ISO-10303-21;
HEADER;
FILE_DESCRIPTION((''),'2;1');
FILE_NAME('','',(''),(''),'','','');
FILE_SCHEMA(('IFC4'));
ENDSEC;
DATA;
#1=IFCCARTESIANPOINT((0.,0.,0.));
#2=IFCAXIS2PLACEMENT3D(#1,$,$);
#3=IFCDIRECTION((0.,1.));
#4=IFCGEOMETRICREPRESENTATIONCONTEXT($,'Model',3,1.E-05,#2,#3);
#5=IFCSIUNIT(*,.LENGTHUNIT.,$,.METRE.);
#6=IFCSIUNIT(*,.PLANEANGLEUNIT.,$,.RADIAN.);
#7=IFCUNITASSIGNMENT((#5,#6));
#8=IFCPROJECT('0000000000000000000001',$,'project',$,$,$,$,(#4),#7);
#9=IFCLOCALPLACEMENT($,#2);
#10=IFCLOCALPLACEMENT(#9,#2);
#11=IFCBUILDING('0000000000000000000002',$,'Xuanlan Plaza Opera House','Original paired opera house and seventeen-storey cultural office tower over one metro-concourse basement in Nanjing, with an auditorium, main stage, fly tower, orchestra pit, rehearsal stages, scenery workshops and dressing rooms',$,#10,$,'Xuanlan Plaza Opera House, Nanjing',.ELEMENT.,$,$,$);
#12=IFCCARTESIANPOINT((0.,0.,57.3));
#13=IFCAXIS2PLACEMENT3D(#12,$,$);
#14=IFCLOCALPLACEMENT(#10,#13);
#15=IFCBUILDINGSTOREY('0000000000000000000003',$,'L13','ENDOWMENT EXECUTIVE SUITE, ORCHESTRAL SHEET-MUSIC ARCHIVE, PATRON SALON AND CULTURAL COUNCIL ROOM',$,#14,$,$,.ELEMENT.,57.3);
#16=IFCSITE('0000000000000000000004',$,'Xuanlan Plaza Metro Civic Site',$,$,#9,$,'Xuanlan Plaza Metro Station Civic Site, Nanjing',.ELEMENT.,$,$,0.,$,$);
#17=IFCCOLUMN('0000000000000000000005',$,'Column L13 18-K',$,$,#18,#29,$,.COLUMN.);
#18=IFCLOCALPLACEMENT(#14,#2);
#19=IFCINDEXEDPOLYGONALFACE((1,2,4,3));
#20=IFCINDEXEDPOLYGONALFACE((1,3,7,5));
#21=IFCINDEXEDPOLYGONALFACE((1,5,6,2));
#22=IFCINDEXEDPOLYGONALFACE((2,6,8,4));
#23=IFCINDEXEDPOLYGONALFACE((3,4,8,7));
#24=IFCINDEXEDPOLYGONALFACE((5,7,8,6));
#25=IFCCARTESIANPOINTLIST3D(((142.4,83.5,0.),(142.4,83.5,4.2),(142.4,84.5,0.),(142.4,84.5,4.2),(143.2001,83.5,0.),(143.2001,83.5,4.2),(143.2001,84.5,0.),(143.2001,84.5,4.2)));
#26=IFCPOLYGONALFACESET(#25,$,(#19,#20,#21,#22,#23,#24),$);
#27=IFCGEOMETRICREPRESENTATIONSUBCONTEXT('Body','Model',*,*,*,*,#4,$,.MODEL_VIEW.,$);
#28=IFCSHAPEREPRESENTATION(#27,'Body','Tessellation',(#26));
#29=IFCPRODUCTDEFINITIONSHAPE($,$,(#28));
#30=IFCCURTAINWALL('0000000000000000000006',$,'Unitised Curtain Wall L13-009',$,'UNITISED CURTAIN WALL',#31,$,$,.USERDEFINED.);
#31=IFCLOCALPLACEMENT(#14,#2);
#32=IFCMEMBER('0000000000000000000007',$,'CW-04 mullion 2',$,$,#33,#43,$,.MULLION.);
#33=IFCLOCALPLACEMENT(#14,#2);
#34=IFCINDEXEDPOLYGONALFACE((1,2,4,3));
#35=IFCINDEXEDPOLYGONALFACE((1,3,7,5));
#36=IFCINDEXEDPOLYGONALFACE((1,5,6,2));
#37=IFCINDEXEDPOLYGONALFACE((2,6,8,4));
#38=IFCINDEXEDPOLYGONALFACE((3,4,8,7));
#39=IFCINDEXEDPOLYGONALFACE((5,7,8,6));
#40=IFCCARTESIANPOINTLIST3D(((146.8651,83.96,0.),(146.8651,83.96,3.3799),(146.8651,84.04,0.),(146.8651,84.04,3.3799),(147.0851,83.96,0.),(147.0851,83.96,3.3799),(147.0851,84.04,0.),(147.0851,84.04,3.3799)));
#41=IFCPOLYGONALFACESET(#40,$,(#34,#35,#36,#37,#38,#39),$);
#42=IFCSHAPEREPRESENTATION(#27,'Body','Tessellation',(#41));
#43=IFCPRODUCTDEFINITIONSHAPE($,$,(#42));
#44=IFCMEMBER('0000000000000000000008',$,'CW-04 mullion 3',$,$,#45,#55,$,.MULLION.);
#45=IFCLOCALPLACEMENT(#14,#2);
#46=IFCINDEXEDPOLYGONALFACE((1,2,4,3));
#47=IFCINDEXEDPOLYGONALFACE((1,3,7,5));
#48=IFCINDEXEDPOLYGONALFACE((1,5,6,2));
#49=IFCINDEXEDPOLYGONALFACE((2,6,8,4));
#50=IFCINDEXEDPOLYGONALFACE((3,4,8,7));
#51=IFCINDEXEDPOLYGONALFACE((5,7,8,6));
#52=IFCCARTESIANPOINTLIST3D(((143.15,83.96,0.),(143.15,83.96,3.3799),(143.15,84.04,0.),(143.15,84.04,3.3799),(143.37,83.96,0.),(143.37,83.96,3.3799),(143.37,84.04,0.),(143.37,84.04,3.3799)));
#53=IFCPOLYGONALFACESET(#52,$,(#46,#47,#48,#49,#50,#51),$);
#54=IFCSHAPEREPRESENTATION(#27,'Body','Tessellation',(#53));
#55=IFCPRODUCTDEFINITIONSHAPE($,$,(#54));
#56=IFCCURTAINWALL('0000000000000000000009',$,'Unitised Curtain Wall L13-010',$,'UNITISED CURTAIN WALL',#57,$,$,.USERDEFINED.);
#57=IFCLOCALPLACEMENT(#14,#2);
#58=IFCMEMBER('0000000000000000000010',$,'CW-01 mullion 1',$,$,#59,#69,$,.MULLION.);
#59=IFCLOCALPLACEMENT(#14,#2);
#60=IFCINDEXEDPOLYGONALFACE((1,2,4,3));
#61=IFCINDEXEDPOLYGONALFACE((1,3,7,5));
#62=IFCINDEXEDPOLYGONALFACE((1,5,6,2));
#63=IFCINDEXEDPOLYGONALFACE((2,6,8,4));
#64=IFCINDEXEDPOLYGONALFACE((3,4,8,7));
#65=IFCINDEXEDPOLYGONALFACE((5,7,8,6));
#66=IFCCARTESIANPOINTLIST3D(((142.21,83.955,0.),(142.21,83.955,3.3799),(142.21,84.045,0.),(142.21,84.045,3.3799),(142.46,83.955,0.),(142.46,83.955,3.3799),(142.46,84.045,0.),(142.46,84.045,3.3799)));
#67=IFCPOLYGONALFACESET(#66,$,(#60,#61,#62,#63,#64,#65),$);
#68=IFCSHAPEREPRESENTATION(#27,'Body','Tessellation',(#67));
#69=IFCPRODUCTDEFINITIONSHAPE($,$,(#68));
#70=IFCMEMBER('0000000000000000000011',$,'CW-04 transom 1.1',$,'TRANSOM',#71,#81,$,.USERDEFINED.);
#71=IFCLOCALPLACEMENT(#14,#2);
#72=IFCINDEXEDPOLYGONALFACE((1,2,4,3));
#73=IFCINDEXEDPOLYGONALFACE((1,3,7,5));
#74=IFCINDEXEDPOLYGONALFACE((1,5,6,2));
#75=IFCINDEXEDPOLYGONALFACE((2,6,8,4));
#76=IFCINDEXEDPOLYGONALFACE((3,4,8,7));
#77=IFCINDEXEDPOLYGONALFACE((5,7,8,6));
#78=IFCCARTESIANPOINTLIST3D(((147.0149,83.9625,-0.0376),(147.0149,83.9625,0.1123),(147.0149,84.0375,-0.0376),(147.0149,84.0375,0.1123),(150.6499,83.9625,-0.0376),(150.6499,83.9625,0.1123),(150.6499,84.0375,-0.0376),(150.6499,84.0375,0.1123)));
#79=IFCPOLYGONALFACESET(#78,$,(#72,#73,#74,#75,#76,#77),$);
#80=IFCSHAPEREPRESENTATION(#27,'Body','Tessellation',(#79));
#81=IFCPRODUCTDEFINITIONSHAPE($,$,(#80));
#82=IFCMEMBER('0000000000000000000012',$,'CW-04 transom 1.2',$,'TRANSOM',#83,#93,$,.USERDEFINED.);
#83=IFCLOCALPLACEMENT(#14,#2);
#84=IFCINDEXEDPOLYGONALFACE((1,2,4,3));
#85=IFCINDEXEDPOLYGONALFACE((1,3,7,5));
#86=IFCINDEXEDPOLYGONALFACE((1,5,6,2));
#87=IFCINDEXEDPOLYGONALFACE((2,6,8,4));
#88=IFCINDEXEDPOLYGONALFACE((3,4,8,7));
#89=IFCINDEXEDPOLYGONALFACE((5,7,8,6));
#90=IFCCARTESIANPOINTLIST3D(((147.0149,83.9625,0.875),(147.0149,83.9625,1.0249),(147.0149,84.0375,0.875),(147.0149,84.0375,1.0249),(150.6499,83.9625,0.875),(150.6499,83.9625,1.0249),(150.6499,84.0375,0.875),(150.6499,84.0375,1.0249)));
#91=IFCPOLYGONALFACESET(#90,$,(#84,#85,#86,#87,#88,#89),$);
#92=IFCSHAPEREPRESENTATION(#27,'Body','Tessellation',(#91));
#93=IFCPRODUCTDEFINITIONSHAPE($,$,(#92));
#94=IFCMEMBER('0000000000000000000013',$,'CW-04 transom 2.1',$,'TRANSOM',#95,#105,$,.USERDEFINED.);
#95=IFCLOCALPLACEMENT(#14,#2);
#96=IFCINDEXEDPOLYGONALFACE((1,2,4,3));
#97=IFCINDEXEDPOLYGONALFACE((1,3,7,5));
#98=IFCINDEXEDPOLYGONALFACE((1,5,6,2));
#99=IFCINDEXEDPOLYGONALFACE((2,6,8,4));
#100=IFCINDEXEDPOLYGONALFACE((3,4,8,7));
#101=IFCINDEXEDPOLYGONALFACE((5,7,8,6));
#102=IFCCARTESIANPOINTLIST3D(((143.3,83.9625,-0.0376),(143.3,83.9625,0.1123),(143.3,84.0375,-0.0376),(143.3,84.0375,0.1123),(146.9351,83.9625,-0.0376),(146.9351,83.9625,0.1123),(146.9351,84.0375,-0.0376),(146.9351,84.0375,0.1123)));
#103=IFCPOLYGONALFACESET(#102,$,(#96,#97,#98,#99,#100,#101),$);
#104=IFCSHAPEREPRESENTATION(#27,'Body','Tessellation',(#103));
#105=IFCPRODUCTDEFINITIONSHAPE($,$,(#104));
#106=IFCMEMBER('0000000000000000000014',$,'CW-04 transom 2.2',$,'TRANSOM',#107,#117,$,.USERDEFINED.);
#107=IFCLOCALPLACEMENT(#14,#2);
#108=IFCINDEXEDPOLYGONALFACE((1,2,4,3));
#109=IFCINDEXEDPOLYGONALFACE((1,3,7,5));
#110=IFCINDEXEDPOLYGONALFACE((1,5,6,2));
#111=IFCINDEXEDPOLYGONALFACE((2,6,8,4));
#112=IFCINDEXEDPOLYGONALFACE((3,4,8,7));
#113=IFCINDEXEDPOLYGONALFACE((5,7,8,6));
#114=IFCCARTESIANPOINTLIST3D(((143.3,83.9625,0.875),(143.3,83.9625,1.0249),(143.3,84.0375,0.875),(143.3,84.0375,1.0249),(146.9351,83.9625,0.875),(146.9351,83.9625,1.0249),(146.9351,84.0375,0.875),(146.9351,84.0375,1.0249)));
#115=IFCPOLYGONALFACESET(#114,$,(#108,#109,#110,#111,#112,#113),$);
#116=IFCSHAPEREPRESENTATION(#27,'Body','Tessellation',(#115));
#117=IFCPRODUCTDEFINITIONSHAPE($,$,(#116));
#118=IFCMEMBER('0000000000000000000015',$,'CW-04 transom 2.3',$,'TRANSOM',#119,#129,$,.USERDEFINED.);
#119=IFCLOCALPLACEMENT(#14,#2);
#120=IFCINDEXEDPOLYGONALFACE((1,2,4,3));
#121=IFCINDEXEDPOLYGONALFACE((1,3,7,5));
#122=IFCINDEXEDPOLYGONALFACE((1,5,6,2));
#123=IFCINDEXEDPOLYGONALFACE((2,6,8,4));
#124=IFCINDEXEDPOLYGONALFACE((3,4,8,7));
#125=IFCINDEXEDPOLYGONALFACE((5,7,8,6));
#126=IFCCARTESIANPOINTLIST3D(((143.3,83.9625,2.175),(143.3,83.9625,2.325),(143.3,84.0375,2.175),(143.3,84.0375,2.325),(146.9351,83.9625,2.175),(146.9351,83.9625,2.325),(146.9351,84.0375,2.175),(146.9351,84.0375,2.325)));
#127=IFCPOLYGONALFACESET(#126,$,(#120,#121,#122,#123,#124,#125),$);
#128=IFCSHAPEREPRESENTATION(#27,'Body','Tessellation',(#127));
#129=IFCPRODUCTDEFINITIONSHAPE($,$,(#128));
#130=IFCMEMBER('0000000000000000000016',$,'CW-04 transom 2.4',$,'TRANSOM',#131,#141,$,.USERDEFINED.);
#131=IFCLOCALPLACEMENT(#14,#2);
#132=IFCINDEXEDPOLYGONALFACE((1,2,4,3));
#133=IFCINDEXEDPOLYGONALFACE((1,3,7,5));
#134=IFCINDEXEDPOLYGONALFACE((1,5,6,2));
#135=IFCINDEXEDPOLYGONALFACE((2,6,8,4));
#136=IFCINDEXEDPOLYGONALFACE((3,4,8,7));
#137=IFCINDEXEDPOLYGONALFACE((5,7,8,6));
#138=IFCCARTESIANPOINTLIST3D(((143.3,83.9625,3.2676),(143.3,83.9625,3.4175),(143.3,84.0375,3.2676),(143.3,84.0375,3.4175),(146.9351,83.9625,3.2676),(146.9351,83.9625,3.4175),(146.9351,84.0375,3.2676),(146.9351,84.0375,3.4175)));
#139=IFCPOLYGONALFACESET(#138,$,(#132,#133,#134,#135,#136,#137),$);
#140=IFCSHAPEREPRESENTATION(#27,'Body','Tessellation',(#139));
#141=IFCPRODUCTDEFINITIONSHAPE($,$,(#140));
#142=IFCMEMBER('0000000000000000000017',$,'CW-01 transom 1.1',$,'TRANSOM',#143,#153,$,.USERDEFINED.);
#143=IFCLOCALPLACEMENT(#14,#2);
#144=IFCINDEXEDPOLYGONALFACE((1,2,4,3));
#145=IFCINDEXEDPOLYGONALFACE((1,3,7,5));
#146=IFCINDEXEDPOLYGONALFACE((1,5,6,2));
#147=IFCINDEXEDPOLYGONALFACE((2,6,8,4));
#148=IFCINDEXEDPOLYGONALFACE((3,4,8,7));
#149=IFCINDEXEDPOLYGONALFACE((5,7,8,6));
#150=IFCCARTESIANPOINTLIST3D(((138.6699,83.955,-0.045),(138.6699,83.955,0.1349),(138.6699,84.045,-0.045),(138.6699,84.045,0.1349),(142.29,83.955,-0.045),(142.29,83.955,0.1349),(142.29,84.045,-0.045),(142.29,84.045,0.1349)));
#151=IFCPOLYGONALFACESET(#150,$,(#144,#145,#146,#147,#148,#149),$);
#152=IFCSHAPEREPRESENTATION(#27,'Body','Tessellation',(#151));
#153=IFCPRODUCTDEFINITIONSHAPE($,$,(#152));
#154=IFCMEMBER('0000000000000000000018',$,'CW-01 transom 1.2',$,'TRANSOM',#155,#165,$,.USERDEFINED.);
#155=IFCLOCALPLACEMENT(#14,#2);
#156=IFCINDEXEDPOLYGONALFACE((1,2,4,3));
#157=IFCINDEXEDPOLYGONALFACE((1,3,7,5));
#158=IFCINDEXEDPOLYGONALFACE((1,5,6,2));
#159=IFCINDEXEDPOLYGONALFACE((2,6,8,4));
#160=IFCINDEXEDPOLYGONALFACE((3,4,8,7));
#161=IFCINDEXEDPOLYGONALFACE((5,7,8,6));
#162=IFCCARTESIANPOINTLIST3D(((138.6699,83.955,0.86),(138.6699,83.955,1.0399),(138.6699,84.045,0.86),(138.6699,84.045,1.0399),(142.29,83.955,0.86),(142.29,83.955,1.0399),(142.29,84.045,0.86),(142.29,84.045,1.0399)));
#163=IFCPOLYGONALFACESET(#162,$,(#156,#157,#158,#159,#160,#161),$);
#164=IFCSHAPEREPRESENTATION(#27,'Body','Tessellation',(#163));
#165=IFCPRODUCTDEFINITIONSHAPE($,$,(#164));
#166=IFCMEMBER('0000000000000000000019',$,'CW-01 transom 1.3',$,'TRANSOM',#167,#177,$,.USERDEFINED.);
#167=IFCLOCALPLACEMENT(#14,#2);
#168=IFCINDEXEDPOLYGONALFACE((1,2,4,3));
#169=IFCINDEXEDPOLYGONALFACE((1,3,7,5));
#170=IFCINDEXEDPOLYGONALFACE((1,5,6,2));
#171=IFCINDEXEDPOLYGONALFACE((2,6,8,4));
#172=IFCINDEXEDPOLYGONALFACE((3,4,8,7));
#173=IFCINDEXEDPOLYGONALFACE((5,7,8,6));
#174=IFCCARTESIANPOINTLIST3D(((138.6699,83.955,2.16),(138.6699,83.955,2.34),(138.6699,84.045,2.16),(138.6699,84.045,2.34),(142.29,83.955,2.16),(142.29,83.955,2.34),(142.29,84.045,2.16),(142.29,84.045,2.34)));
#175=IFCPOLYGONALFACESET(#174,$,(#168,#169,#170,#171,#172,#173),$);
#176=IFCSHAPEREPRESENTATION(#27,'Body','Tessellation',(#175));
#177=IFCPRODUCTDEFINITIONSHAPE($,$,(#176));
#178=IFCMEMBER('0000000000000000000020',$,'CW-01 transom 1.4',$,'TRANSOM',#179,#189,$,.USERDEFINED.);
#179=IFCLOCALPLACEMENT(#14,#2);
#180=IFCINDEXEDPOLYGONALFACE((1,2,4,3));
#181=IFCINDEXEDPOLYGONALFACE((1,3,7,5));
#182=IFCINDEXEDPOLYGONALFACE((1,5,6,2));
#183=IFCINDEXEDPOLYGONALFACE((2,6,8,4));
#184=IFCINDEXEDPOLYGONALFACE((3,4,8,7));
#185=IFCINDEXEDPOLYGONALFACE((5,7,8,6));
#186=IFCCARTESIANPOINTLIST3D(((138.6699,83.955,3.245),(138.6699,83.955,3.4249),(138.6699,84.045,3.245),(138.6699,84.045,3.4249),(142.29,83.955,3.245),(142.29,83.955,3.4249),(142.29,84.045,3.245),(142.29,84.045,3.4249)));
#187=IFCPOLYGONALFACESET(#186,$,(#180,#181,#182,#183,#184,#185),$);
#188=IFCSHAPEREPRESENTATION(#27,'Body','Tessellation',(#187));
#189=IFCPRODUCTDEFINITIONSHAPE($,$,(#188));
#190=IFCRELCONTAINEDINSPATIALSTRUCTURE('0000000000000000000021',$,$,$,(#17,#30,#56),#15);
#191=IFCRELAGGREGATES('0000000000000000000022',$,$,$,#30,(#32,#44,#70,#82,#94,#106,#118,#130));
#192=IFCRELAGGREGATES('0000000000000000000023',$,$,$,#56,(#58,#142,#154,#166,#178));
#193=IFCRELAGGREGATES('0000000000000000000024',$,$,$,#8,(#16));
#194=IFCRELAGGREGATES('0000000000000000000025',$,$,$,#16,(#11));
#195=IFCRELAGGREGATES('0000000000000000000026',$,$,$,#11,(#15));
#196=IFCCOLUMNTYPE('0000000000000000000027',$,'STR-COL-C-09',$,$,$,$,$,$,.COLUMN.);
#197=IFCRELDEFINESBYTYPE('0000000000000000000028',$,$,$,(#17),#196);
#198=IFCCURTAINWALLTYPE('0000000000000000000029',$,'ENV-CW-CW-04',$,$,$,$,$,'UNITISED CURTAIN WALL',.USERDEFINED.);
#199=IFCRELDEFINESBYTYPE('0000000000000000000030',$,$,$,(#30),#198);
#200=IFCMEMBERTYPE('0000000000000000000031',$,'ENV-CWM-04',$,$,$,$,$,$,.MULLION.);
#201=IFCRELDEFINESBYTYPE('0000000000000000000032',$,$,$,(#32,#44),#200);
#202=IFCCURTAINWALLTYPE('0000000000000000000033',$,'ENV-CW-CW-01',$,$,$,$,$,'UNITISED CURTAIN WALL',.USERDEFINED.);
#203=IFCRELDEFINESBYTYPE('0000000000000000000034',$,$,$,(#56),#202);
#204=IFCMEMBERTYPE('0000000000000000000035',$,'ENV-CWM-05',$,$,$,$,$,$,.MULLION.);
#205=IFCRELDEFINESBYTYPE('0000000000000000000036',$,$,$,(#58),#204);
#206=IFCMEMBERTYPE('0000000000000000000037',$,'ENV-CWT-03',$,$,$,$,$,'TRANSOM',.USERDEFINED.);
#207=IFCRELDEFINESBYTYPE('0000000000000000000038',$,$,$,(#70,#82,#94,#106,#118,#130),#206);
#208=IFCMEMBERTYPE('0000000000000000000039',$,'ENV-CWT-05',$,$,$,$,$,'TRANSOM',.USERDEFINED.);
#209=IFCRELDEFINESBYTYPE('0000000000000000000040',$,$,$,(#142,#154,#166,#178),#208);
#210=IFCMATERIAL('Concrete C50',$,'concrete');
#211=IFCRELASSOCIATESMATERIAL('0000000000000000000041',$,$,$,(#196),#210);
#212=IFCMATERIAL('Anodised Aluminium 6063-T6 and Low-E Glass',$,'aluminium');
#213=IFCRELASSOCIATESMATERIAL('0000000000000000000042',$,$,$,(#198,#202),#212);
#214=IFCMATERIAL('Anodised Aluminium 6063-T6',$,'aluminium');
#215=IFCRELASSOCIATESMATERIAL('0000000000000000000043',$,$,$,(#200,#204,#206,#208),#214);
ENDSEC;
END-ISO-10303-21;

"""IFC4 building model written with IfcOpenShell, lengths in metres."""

from ifc_helpers import new_model, si_unit, direction, frame, origin, origin_2d, place, context, subcontext, project, spatial, rectangle, extrude, material, material_profile, profile_set, type_object, element, aggregate, save


model = new_model("IFC4")

# Units and contexts
model_context = context("Model", 3, precision=1e-05, world=origin(), true_north=direction((0.0, 1.0)))
body_context = subcontext(model_context, "Body", "Model", "MODEL_VIEW")
ifc_project = project(units=[si_unit("LENGTHUNIT", "METRE"), si_unit("PLANEANGLEUNIT", "RADIAN")], contexts=[model_context])

# Site, building, storey
site_placement = place(None, origin())
site = spatial("IfcSite", under=ifc_project, at=site_placement, Name="Xuanlan Plaza Metro Civic Site", LongName="Xuanlan Plaza Metro Station Civic Site, Nanjing", CompositionType="ELEMENT", RefElevation=0.0)
building_placement = place(site_placement, origin())
building = spatial("IfcBuilding", under=site, at=building_placement, Name="Xuanlan Plaza Opera House", Description="Original paired opera house and seventeen-storey cultural office tower over one metro-concourse basement in Nanjing, with an auditorium, main stage, fly tower, orchestra pit, rehearsal stages, scenery workshops and dressing rooms", LongName="Xuanlan Plaza Opera House, Nanjing", CompositionType="ELEMENT")
storey_placement = place(building_placement, frame((0.0, 0.0, 57.3)))
storey = spatial("IfcBuildingStorey", under=building, at=storey_placement, Name="L13", Description="ENDOWMENT EXECUTIVE SUITE, ORCHESTRAL SHEET-MUSIC ARCHIVE, PATRON SALON AND CULTURAL COUNCIL ROOM", CompositionType="ELEMENT", Elevation=57.3)

# Column
ifc_material_1 = material(Name="Concrete C50", Category="concrete")
ifc_material_profile_1 = material_profile(ifc_material_1, rectangle(XDim=0.8, YDim=1.0, at=origin_2d()), Name="RC-COL 800x1000")
ifc_profile_set_1 = profile_set([ifc_material_profile_1], Name="Concrete C50")
column_type = type_object("IfcColumnType", Name="STR-COL-C-09", PredefinedType="COLUMN", material=ifc_profile_set_1)
column_placement = place(storey_placement, frame((142.8, 84.0, 0.0), z_axis=(0.0, 0.0, 1.0), x_axis=(1.0, 0.0, 0.0)))
element("IfcColumn", 1, at=column_placement, inside=storey, type_object=column_type, Name="Column L13 18-K", PredefinedType="COLUMN", context=body_context, shape_type="SweptSolid", body=[
    extrude(rectangle(XDim=0.8, YDim=1.0, at=origin_2d()), origin(), (0.0, 0.0, 1.0), 4.2),
])

# Curtain wall, members
ifc_material_2 = material(Name="Anodised Aluminium 6063-T6 and Low-E Glass", Category="aluminium")
curtain_wall_type_1 = type_object("IfcCurtainWallType", Name="ENV-CW-CW-04", ElementType="UNITISED CURTAIN WALL", PredefinedType="USERDEFINED", material=ifc_material_2)
curtain_wall_1_placement = place(storey_placement, origin())
curtain_wall_1 = element("IfcCurtainWall", 2, at=curtain_wall_1_placement, inside=storey, type_object=curtain_wall_type_1, Name="Unitised Curtain Wall L13-009", ObjectType="UNITISED CURTAIN WALL", PredefinedType="USERDEFINED")
ifc_material_3 = material(Name="Anodised Aluminium 6063-T6", Category="aluminium")
ifc_material_profile_2 = material_profile(ifc_material_3, rectangle(XDim=0.0801, YDim=0.22, at=origin_2d()), Name="ALU-M 80x220")
ifc_profile_set_2 = profile_set([ifc_material_profile_2], Name="Anodised Aluminium 6063-T6")
member_type_1 = type_object("IfcMemberType", Name="ENV-CWM-04", PredefinedType="MULLION", material=ifc_profile_set_2)
member_1_placement = place(storey_placement, frame((146.9751, 84.0, 0.0), z_axis=(0.0, 0.0, 1.0), x_axis=(0.0, -1.0, 0.0)))
member_1 = element("IfcMember", 3, at=member_1_placement, type_object=member_type_1, Name="CW-04 mullion 2", PredefinedType="MULLION", context=body_context, shape_type="SweptSolid", body=[
    extrude(rectangle(XDim=0.0801, YDim=0.22, at=origin_2d()), origin(), (0.0, 0.0, 1.0), 3.3799),
])
member_2_placement = place(storey_placement, frame((143.26, 84.0, 0.0), z_axis=(0.0, 0.0, 1.0), x_axis=(0.0, -1.0, 0.0)))
member_2 = element("IfcMember", 4, at=member_2_placement, type_object=member_type_1, Name="CW-04 mullion 3", PredefinedType="MULLION", context=body_context, shape_type="SweptSolid", body=[
    extrude(rectangle(XDim=0.0801, YDim=0.22, at=origin_2d()), origin(), (0.0, 0.0, 1.0), 3.3799),
])

# Curtain wall, member
curtain_wall_type_2 = type_object("IfcCurtainWallType", Name="ENV-CW-CW-01", ElementType="UNITISED CURTAIN WALL", PredefinedType="USERDEFINED", material=ifc_material_2)
curtain_wall_2_placement = place(storey_placement, origin())
curtain_wall_2 = element("IfcCurtainWall", 5, at=curtain_wall_2_placement, inside=storey, type_object=curtain_wall_type_2, Name="Unitised Curtain Wall L13-010", ObjectType="UNITISED CURTAIN WALL", PredefinedType="USERDEFINED")
ifc_material_profile_3 = material_profile(ifc_material_3, rectangle(XDim=0.0901, YDim=0.25, at=origin_2d()), Name="ALU-M 90x250")
ifc_profile_set_3 = profile_set([ifc_material_profile_3], Name="Anodised Aluminium 6063-T6")
member_type_2 = type_object("IfcMemberType", Name="ENV-CWM-05", PredefinedType="MULLION", material=ifc_profile_set_3)
member_3_placement = place(storey_placement, frame((142.335, 84.0, 0.0), z_axis=(0.0, 0.0, 1.0), x_axis=(0.0, -1.0, 0.0)))
member_3 = element("IfcMember", 6, at=member_3_placement, type_object=member_type_2, Name="CW-01 mullion 1", PredefinedType="MULLION", context=body_context, shape_type="SweptSolid", body=[
    extrude(rectangle(XDim=0.0901, YDim=0.25, at=origin_2d()), origin(), (0.0, 0.0, 1.0), 3.3799),
])

# Members
ifc_material_profile_4 = material_profile(ifc_material_3, rectangle(XDim=0.075, YDim=0.1499, at=origin_2d()), Name="ALU-T 75x150")
ifc_profile_set_4 = profile_set([ifc_material_profile_4], Name="Anodised Aluminium 6063-T6")
member_type_3 = type_object("IfcMemberType", Name="ENV-CWT-03", ElementType="TRANSOM", PredefinedType="USERDEFINED", material=ifc_profile_set_4)
member_4_placement = place(storey_placement, frame((150.6499, 84.0, 0.0374), z_axis=(-1.0, 0.0, 0.0), x_axis=(0.0, -1.0, 0.0)))
member_4 = element("IfcMember", 7, at=member_4_placement, type_object=member_type_3, Name="CW-04 transom 1.1", ObjectType="TRANSOM", PredefinedType="USERDEFINED", context=body_context, shape_type="SweptSolid", body=[
    extrude(rectangle(XDim=0.075, YDim=0.1499, at=origin_2d()), origin(), (0.0, 0.0, 1.0), 3.635),
])
member_5_placement = place(storey_placement, frame((150.6499, 84.0, 0.95), z_axis=(-1.0, 0.0, 0.0), x_axis=(0.0, -1.0, 0.0)))
member_5 = element("IfcMember", 8, at=member_5_placement, type_object=member_type_3, Name="CW-04 transom 1.2", ObjectType="TRANSOM", PredefinedType="USERDEFINED", context=body_context, shape_type="SweptSolid", body=[
    extrude(rectangle(XDim=0.075, YDim=0.1499, at=origin_2d()), origin(), (0.0, 0.0, 1.0), 3.635),
])
member_6_placement = place(storey_placement, frame((146.9351, 84.0, 0.0374), z_axis=(-1.0, 0.0, 0.0), x_axis=(0.0, -1.0, 0.0)))
member_6 = element("IfcMember", 9, at=member_6_placement, type_object=member_type_3, Name="CW-04 transom 2.1", ObjectType="TRANSOM", PredefinedType="USERDEFINED", context=body_context, shape_type="SweptSolid", body=[
    extrude(rectangle(XDim=0.075, YDim=0.1499, at=origin_2d()), origin(), (0.0, 0.0, 1.0), 3.635),
])
member_7_placement = place(storey_placement, frame((146.9351, 84.0, 0.95), z_axis=(-1.0, 0.0, 0.0), x_axis=(0.0, -1.0, 0.0)))
member_7 = element("IfcMember", 10, at=member_7_placement, type_object=member_type_3, Name="CW-04 transom 2.2", ObjectType="TRANSOM", PredefinedType="USERDEFINED", context=body_context, shape_type="SweptSolid", body=[
    extrude(rectangle(XDim=0.075, YDim=0.1499, at=origin_2d()), origin(), (0.0, 0.0, 1.0), 3.635),
])
member_8_placement = place(storey_placement, frame((146.9351, 84.0, 2.25), z_axis=(-1.0, 0.0, 0.0), x_axis=(0.0, -1.0, 0.0)))
member_8 = element("IfcMember", 11, at=member_8_placement, type_object=member_type_3, Name="CW-04 transom 2.3", ObjectType="TRANSOM", PredefinedType="USERDEFINED", context=body_context, shape_type="SweptSolid", body=[
    extrude(rectangle(XDim=0.075, YDim=0.1499, at=origin_2d()), origin(), (0.0, 0.0, 1.0), 3.635),
])
member_9_placement = place(storey_placement, frame((146.9351, 84.0, 3.3425), z_axis=(-1.0, 0.0, 0.0), x_axis=(0.0, -1.0, 0.0)))
member_9 = element("IfcMember", 12, at=member_9_placement, type_object=member_type_3, Name="CW-04 transom 2.4", ObjectType="TRANSOM", PredefinedType="USERDEFINED", context=body_context, shape_type="SweptSolid", body=[
    extrude(rectangle(XDim=0.075, YDim=0.1499, at=origin_2d()), origin(), (0.0, 0.0, 1.0), 3.635),
])
ifc_material_profile_5 = material_profile(ifc_material_3, rectangle(XDim=0.0901, YDim=0.1799, at=origin_2d()), Name="ALU-T 90x180")
ifc_profile_set_5 = profile_set([ifc_material_profile_5], Name="Anodised Aluminium 6063-T6")
member_type_4 = type_object("IfcMemberType", Name="ENV-CWT-05", ElementType="TRANSOM", PredefinedType="USERDEFINED", material=ifc_profile_set_5)
member_10_placement = place(storey_placement, frame((142.29, 84.0, 0.0449), z_axis=(-1.0, 0.0, 0.0), x_axis=(0.0, -1.0, 0.0)))
member_10 = element("IfcMember", 13, at=member_10_placement, type_object=member_type_4, Name="CW-01 transom 1.1", ObjectType="TRANSOM", PredefinedType="USERDEFINED", context=body_context, shape_type="SweptSolid", body=[
    extrude(rectangle(XDim=0.0901, YDim=0.1799, at=origin_2d()), origin(), (0.0, 0.0, 1.0), 3.6201),
])
member_11_placement = place(storey_placement, frame((142.29, 84.0, 0.95), z_axis=(-1.0, 0.0, 0.0), x_axis=(0.0, -1.0, 0.0)))
member_11 = element("IfcMember", 14, at=member_11_placement, type_object=member_type_4, Name="CW-01 transom 1.2", ObjectType="TRANSOM", PredefinedType="USERDEFINED", context=body_context, shape_type="SweptSolid", body=[
    extrude(rectangle(XDim=0.0901, YDim=0.1799, at=origin_2d()), origin(), (0.0, 0.0, 1.0), 3.6201),
])
member_12_placement = place(storey_placement, frame((142.29, 84.0, 2.25), z_axis=(-1.0, 0.0, 0.0), x_axis=(0.0, -1.0, 0.0)))
member_12 = element("IfcMember", 15, at=member_12_placement, type_object=member_type_4, Name="CW-01 transom 1.3", ObjectType="TRANSOM", PredefinedType="USERDEFINED", context=body_context, shape_type="SweptSolid", body=[
    extrude(rectangle(XDim=0.0901, YDim=0.1799, at=origin_2d()), origin(), (0.0, 0.0, 1.0), 3.6201),
])
member_13_placement = place(storey_placement, frame((142.29, 84.0, 3.335), z_axis=(-1.0, 0.0, 0.0), x_axis=(0.0, -1.0, 0.0)))
member_13 = element("IfcMember", 16, at=member_13_placement, type_object=member_type_4, Name="CW-01 transom 1.4", ObjectType="TRANSOM", PredefinedType="USERDEFINED", context=body_context, shape_type="SweptSolid", body=[
    extrude(rectangle(XDim=0.0901, YDim=0.1799, at=origin_2d()), origin(), (0.0, 0.0, 1.0), 3.6201),
])

aggregate(curtain_wall_1, [member_1, member_2, member_4, member_5, member_6, member_7, member_8, member_9])
aggregate(curtain_wall_2, [member_3, member_10, member_11, member_12, member_13])

save(model, "model.ifc")
